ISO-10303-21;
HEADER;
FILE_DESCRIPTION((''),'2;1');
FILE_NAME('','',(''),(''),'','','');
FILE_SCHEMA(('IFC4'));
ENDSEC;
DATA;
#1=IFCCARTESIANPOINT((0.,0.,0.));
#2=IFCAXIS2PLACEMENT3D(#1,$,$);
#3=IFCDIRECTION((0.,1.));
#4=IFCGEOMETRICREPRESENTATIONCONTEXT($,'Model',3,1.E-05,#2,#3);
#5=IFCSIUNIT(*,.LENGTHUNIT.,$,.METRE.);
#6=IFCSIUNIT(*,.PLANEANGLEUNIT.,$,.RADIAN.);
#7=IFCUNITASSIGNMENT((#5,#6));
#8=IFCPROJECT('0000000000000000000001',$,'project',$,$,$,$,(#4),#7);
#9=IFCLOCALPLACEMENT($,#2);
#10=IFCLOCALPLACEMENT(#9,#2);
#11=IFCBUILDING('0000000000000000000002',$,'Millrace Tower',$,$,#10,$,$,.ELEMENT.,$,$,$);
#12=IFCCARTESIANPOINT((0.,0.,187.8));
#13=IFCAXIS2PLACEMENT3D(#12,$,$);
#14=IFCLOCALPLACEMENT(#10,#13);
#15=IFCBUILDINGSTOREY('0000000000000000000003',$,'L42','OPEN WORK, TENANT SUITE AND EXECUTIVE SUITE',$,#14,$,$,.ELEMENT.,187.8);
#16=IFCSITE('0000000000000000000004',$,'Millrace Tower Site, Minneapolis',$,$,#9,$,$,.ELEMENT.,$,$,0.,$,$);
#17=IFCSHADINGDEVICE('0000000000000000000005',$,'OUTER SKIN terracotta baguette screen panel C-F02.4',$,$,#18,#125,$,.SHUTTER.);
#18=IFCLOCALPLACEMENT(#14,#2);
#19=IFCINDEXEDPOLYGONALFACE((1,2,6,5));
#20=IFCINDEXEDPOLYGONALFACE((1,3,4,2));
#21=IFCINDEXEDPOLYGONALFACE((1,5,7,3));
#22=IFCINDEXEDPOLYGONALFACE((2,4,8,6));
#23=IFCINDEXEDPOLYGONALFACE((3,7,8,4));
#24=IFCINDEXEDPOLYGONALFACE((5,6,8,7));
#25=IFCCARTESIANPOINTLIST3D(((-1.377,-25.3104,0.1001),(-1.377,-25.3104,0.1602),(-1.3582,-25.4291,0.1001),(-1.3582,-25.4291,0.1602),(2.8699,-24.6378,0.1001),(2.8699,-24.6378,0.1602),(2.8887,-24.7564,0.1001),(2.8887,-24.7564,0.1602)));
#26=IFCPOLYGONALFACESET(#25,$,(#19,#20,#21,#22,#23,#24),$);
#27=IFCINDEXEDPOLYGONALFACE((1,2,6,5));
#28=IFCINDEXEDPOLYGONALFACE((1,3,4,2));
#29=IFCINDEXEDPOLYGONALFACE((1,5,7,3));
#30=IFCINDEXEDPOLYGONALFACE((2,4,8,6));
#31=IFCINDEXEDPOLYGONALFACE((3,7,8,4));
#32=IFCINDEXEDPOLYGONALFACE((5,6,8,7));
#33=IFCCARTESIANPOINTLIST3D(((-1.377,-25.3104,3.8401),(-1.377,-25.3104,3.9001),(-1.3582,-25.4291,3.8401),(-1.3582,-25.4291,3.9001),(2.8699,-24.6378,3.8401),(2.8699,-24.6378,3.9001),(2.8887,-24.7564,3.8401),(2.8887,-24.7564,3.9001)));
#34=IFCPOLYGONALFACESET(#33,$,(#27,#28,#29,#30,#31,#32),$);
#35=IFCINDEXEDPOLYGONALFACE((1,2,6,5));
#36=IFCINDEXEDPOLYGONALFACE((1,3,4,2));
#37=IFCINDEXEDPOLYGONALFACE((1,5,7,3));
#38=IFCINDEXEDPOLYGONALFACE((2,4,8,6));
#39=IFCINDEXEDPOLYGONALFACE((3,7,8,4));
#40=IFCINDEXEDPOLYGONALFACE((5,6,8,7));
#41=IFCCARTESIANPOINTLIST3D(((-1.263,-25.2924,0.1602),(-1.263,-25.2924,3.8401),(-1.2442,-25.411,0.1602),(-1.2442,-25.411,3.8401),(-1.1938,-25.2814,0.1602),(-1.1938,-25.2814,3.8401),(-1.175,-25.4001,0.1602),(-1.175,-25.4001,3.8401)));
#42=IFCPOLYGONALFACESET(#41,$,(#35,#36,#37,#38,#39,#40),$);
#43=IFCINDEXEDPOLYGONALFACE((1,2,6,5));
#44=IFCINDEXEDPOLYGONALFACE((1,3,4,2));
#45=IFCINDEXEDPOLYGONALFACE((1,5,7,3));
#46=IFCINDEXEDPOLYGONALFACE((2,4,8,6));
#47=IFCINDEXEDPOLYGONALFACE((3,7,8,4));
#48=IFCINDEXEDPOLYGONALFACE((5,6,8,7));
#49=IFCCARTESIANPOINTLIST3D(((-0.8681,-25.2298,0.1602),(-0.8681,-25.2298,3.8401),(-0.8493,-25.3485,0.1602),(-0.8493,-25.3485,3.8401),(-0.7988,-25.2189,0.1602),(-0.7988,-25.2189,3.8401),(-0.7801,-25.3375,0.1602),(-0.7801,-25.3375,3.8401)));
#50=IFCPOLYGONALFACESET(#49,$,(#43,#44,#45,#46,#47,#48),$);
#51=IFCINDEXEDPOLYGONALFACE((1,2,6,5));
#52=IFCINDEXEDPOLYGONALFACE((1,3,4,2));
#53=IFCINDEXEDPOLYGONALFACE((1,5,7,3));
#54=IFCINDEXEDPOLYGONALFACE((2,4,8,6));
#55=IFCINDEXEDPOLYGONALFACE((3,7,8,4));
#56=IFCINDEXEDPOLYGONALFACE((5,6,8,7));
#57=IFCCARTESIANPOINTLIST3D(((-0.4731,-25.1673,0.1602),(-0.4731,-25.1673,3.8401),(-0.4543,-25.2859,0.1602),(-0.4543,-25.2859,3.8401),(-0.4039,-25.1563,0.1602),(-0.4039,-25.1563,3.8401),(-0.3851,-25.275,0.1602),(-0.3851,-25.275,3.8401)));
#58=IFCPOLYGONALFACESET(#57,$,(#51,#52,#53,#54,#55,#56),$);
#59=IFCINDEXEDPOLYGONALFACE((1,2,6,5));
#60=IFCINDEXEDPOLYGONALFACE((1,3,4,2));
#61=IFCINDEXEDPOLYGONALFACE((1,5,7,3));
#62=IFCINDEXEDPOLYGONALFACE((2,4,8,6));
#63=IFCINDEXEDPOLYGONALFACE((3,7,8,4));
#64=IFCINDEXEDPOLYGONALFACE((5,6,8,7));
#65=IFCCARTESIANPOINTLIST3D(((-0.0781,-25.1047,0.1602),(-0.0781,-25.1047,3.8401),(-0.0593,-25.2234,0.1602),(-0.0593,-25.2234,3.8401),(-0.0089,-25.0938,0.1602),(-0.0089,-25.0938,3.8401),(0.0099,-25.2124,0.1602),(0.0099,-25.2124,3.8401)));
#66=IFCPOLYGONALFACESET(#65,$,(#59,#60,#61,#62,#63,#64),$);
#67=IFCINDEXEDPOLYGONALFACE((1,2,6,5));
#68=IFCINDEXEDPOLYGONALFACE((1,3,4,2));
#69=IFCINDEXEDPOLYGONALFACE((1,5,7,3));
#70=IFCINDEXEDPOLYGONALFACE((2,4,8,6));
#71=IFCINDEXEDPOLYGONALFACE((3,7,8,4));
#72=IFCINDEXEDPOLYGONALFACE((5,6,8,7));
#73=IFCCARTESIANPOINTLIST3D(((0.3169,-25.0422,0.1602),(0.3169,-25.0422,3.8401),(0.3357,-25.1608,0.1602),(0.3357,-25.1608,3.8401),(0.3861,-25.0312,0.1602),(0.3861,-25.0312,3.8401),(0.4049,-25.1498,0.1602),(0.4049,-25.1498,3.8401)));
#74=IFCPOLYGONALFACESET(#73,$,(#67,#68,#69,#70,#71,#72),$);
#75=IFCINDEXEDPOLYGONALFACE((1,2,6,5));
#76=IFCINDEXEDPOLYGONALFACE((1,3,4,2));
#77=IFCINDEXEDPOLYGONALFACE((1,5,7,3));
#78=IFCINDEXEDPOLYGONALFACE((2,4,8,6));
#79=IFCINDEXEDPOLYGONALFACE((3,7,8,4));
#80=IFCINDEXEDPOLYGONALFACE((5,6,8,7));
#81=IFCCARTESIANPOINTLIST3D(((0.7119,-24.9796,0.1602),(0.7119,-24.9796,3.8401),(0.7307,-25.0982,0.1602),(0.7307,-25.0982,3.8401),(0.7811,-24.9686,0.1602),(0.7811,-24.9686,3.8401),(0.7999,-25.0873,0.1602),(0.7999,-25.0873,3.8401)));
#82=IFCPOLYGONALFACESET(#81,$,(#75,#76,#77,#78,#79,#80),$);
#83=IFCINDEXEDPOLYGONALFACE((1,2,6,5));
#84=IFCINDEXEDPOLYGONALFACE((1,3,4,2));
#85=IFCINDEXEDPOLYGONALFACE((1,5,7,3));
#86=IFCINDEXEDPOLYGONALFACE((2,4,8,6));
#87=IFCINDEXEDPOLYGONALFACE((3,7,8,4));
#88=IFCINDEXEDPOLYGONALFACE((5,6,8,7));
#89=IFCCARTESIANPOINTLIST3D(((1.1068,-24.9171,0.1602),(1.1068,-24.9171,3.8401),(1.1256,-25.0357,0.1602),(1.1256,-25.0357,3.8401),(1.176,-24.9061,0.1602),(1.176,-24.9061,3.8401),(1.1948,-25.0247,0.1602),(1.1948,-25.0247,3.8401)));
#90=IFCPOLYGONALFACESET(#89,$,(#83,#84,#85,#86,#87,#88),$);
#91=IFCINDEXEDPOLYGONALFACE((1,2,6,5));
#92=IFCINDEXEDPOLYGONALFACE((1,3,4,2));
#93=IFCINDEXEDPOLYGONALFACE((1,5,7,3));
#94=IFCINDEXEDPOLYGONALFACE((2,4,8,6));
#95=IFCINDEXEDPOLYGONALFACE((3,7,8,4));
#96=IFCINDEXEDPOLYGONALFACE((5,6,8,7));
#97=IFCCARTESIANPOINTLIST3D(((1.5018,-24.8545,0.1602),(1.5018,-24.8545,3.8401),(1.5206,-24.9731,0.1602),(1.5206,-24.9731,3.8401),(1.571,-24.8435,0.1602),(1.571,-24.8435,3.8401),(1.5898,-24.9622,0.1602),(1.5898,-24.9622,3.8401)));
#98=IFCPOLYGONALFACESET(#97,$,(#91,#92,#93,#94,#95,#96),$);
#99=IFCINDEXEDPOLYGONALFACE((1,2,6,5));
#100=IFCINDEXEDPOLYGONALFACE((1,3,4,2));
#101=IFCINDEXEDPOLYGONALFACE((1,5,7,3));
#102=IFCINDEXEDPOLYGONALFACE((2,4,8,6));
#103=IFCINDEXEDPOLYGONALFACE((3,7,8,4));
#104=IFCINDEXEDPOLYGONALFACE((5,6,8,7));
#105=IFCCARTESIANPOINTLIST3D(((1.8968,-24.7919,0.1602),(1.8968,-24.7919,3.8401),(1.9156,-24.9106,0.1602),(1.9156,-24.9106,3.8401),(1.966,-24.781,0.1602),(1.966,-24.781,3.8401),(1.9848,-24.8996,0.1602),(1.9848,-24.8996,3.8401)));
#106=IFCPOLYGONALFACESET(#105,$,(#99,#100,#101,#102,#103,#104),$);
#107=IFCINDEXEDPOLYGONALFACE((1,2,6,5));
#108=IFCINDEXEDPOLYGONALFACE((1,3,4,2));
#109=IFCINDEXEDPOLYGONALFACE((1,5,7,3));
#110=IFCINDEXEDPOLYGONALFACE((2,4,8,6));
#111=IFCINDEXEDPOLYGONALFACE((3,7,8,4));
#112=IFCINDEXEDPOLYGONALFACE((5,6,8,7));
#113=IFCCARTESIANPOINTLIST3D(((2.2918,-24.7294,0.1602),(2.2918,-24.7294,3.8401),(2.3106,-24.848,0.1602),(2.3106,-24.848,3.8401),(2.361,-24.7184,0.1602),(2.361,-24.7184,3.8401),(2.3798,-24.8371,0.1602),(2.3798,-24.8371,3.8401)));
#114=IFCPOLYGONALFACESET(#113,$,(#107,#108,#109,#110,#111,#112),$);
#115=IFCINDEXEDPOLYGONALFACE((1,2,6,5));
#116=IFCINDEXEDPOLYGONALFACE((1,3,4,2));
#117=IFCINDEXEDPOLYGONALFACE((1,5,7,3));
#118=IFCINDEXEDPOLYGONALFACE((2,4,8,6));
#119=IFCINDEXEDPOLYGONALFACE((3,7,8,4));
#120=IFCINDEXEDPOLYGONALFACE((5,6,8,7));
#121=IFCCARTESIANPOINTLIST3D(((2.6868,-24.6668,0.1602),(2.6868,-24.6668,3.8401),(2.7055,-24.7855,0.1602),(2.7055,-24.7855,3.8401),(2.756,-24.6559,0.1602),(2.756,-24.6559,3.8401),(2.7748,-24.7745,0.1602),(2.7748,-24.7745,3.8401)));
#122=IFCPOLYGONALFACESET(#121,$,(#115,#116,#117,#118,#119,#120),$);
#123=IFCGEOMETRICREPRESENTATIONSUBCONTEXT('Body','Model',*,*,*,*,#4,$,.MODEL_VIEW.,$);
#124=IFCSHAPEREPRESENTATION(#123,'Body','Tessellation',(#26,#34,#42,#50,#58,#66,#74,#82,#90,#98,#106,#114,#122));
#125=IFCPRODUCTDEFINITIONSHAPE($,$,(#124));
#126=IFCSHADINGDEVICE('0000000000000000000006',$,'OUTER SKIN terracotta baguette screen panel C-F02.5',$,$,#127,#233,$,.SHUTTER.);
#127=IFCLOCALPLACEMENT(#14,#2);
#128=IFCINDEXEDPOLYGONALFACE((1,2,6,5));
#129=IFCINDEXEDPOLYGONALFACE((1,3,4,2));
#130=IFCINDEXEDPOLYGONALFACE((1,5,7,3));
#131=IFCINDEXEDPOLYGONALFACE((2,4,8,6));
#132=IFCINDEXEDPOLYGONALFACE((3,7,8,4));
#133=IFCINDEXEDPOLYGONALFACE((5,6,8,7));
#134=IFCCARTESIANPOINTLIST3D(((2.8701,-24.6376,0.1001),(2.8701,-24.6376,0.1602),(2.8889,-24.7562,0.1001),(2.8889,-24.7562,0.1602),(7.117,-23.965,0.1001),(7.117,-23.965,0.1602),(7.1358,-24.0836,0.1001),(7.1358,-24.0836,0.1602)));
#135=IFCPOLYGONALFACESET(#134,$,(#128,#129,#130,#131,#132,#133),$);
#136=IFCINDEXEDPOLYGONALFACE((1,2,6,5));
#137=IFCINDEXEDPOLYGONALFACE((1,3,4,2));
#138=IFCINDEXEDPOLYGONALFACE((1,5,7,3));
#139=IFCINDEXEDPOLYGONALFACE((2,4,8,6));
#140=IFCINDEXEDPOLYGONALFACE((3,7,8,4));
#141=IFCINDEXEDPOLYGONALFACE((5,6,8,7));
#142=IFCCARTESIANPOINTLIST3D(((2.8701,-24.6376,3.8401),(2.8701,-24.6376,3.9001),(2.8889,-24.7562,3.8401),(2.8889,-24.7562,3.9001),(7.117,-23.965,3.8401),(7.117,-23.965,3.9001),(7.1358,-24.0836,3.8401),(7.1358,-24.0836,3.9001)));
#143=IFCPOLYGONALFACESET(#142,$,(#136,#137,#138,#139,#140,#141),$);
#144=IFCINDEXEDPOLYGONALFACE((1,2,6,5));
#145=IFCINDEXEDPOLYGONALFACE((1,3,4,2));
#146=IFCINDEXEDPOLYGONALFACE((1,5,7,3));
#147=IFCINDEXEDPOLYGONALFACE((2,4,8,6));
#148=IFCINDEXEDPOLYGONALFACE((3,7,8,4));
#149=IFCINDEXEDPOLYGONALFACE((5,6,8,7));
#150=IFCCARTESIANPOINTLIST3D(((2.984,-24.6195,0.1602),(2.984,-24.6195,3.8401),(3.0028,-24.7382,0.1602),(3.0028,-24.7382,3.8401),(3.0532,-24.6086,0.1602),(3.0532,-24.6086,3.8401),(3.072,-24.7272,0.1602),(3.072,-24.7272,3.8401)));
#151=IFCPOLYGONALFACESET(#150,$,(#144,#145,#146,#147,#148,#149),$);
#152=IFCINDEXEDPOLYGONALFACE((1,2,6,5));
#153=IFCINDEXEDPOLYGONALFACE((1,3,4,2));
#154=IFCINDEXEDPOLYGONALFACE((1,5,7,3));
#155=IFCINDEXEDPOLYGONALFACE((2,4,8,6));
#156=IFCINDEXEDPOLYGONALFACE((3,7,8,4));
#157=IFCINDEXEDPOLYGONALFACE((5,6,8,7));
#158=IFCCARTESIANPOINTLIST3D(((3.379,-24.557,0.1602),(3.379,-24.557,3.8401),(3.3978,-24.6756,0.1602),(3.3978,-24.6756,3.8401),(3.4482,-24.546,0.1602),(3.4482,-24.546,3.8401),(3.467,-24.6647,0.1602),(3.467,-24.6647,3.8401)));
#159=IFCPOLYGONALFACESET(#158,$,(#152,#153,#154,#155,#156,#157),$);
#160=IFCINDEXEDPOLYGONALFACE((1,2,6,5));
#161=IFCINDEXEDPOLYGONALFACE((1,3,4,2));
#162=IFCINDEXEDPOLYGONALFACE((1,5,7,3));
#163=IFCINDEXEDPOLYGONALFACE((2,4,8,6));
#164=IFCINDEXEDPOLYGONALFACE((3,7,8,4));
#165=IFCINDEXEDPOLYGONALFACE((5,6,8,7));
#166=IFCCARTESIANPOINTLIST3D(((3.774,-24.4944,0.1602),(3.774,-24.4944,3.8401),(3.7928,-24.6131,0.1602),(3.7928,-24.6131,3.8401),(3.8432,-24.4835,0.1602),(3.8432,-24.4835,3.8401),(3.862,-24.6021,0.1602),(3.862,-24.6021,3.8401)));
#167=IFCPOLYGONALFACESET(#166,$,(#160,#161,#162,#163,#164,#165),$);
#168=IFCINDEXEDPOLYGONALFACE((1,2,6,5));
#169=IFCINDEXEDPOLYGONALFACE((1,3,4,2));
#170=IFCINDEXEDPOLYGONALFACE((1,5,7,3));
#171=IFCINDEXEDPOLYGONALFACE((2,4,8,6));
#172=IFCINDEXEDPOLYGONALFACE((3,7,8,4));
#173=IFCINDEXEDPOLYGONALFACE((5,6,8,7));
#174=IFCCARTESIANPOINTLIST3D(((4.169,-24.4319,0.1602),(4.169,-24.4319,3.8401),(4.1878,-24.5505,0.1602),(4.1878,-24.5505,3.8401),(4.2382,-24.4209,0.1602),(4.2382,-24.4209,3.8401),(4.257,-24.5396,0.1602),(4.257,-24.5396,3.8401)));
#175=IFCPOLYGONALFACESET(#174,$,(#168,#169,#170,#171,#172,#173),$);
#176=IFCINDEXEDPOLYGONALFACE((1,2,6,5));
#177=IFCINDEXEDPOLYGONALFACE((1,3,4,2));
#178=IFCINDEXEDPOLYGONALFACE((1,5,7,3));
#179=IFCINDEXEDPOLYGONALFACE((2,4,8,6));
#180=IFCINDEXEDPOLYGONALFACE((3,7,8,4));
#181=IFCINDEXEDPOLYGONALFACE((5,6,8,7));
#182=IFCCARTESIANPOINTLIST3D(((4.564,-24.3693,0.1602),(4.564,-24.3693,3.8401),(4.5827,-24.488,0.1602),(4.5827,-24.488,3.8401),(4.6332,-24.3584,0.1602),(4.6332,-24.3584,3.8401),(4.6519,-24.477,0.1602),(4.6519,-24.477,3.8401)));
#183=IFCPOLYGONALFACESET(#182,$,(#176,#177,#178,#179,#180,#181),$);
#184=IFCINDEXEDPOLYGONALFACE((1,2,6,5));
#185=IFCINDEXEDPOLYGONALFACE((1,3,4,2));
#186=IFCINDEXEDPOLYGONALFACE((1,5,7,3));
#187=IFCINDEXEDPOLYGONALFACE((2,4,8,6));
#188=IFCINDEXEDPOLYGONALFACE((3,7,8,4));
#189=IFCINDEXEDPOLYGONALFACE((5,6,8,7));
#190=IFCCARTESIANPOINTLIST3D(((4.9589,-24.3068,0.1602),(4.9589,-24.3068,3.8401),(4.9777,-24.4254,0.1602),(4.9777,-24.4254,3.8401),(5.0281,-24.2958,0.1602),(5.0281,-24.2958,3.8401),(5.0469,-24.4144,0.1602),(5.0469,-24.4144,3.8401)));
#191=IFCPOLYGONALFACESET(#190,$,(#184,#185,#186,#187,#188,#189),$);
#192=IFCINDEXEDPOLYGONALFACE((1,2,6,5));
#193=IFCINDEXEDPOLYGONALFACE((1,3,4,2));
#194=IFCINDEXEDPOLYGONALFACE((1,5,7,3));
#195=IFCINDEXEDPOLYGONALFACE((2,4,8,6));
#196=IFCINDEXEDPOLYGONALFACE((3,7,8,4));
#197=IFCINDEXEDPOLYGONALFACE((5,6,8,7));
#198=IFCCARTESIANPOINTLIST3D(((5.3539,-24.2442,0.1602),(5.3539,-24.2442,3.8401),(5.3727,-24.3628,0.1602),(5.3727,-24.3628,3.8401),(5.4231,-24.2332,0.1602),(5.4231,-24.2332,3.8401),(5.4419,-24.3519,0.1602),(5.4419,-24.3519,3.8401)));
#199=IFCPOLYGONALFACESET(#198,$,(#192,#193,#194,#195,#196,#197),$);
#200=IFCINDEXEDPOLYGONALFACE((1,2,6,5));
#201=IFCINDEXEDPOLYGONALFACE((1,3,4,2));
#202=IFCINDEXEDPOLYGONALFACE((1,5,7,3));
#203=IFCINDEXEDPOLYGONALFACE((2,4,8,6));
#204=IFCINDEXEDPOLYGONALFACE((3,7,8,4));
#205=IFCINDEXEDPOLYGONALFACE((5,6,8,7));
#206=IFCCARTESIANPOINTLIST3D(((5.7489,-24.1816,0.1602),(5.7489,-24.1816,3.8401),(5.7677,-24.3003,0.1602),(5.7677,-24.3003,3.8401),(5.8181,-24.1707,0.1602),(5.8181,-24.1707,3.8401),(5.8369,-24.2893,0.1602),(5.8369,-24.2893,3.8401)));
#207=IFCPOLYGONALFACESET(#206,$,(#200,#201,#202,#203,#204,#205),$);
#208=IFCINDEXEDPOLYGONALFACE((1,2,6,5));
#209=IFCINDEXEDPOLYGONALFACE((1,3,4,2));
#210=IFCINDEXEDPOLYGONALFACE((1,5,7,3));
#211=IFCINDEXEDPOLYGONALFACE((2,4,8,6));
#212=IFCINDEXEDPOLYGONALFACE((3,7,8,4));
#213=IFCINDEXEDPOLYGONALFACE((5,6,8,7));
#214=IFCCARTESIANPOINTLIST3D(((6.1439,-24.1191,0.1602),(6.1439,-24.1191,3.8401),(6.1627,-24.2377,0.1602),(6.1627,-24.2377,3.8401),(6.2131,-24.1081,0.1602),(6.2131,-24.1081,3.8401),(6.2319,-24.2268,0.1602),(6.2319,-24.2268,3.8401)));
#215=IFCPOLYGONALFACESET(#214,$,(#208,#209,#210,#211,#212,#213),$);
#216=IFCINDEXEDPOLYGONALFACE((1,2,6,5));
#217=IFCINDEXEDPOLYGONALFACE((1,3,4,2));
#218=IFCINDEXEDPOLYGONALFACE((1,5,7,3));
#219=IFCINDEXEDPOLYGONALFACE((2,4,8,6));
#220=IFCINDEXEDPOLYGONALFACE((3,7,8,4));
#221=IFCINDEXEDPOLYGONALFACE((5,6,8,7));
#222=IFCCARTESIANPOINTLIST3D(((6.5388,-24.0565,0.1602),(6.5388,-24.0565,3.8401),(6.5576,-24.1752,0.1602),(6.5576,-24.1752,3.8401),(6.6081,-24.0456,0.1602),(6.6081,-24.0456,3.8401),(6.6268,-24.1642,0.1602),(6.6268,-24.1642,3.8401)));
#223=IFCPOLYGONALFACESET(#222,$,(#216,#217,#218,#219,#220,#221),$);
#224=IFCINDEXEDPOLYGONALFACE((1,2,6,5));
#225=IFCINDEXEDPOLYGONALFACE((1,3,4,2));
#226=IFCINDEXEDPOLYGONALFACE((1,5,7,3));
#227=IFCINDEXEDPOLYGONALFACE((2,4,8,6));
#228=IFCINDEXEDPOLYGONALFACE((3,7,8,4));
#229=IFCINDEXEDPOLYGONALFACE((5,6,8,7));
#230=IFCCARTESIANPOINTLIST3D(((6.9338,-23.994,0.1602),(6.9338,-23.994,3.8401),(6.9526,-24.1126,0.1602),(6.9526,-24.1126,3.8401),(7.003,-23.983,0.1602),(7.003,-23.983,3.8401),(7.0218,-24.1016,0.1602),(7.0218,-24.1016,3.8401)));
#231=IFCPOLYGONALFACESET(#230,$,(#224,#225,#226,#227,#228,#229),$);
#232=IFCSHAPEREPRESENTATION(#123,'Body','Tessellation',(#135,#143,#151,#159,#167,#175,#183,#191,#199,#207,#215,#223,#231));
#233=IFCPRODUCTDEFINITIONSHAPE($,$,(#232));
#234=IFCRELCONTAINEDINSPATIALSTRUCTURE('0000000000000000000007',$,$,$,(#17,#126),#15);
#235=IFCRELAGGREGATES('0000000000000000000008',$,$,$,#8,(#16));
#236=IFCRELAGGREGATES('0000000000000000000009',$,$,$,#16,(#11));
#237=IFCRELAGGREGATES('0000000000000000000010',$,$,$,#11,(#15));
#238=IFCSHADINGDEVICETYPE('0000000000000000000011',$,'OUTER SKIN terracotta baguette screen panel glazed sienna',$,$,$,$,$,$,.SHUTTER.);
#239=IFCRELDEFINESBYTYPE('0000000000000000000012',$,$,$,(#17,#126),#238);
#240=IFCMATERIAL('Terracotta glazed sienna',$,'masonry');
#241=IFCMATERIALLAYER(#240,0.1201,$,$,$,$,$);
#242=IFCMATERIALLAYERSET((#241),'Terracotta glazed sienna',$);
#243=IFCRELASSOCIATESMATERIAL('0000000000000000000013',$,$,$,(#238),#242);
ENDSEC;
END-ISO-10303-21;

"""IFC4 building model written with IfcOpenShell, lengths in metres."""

from ifc_helpers import new_model, entity, si_unit, direction, frame, frame_2d, origin, origin_2d, place, context, subcontext, project, spatial, rectangle, extrude, source, transform, mapped, material, layer, layer_set, type_object, element, save


model = new_model("IFC4")

# Units and contexts
model_context = context("Model", 3, precision=1e-05, world=origin(), true_north=direction((0.0, 1.0)))
body_context = subcontext(model_context, "Body", "Model", "MODEL_VIEW")
ifc_project = project(units=[si_unit("LENGTHUNIT", "METRE"), si_unit("PLANEANGLEUNIT", "RADIAN")], contexts=[model_context])

# Site, building, storey
site_placement = place(None, origin())
site = spatial("IfcSite", under=ifc_project, at=site_placement, Name="Millrace Tower Site, Minneapolis", CompositionType="ELEMENT", RefElevation=0.0)
building_placement = place(site_placement, origin())
building = spatial("IfcBuilding", under=site, at=building_placement, Name="Millrace Tower", CompositionType="ELEMENT")
storey_placement = place(building_placement, frame((0.0, 0.0, 187.8)))
storey = spatial("IfcBuildingStorey", under=building, at=storey_placement, Name="L42", Description="OPEN WORK, TENANT SUITE AND EXECUTIVE SUITE", CompositionType="ELEMENT", Elevation=187.8)

# Shading devices
ifc_material_1 = material(Name="Terracotta glazed sienna", Category="masonry")
ifc_layer_1 = layer(ifc_material_1, 0.1201)
ifc_layer_set_1 = layer_set([ifc_layer_1], Name="Terracotta glazed sienna")
shading_device_type = type_object("IfcShadingDeviceType", Name="OUTER SKIN terracotta baguette screen panel glazed sienna", PredefinedType="SHUTTER", material=ifc_layer_set_1)
cartesian_point = entity("IfcCartesianPoint", [-2.1499, 0.0601])
shared_polyline = entity("IfcPolyline", [cartesian_point, entity("IfcCartesianPoint", [2.1499, 0.0601]), entity("IfcCartesianPoint", [2.1499, -0.0601]), entity("IfcCartesianPoint", [-2.1499, -0.0601]), cartesian_point])
shared_shape = source(origin(), body_context, "Body", "SweptSolid", [
    entity("IfcExtrudedAreaSolid", entity("IfcArbitraryClosedProfileDef", "AREA", None, shared_polyline), entity("IfcAxis2Placement3D", entity("IfcCartesianPoint", [0.0, 0.0, 0.0])), entity("IfcDirection", [0.0, 0.0, 1.0]), 0.0601),
    entity("IfcExtrudedAreaSolid", entity("IfcArbitraryClosedProfileDef", "AREA", None, shared_polyline), entity("IfcAxis2Placement3D", entity("IfcCartesianPoint", [0.0, 0.0, 3.74])), entity("IfcDirection", [0.0, 0.0, 1.0]), 0.0601),
    extrude(rectangle(XDim=0.0701, YDim=0.1201, at=frame_2d((-1.9995, 0.0))), frame((0.0, 0.0, 0.0601)), (0.0, 0.0, 1.0), 3.6799),
    extrude(rectangle(XDim=0.0701, YDim=0.1201, at=frame_2d((-1.5996, 0.0))), frame((0.0, 0.0, 0.0601)), (0.0, 0.0, 1.0), 3.6799),
    extrude(rectangle(XDim=0.0701, YDim=0.1201, at=frame_2d((-1.1997, 0.0))), frame((0.0, 0.0, 0.0601)), (0.0, 0.0, 1.0), 3.6799),
    extrude(rectangle(XDim=0.0701, YDim=0.1201, at=frame_2d((-0.7998, 0.0))), frame((0.0, 0.0, 0.0601)), (0.0, 0.0, 1.0), 3.6799),
    extrude(rectangle(XDim=0.0701, YDim=0.1201, at=frame_2d((-0.3999, 0.0))), frame((0.0, 0.0, 0.0601)), (0.0, 0.0, 1.0), 3.6799),
    extrude(rectangle(XDim=0.0701, YDim=0.1201, at=origin_2d()), frame((0.0, 0.0, 0.0601)), (0.0, 0.0, 1.0), 3.6799),
    extrude(rectangle(XDim=0.0701, YDim=0.1201, at=frame_2d((0.3999, 0.0))), frame((0.0, 0.0, 0.0601)), (0.0, 0.0, 1.0), 3.6799),
    extrude(rectangle(XDim=0.0701, YDim=0.1201, at=frame_2d((0.7998, 0.0))), frame((0.0, 0.0, 0.0601)), (0.0, 0.0, 1.0), 3.6799),
    extrude(rectangle(XDim=0.0701, YDim=0.1201, at=frame_2d((1.1997, 0.0))), frame((0.0, 0.0, 0.0601)), (0.0, 0.0, 1.0), 3.6799),
    extrude(rectangle(XDim=0.0701, YDim=0.1201, at=frame_2d((1.5996, 0.0))), frame((0.0, 0.0, 0.0601)), (0.0, 0.0, 1.0), 3.6799),
    extrude(rectangle(XDim=0.0701, YDim=0.1201, at=frame_2d((1.9995, 0.0))), frame((0.0, 0.0, 0.0601)), (0.0, 0.0, 1.0), 3.6799),
])
for number, where, z_axis, x_axis, name in (
    (1, (0.7559, -25.0334, 0.1001), (0.0, 0.0, 1.0), (0.987688, 0.156434, 0.0), "OUTER SKIN terracotta baguette screen panel C-F02.4"),
    (2, (5.0029, -24.3606, 0.1001), (0.0, 0.0, 1.0), (0.987688, 0.156434, 0.0), "OUTER SKIN terracotta baguette screen panel C-F02.5"),
):
    element("IfcShadingDevice", number, at=place(storey_placement, frame(where, z_axis=z_axis, x_axis=x_axis)), inside=storey, type_object=shading_device_type, Name=name, PredefinedType="SHUTTER", context=body_context, shape_type="MappedRepresentation", body=[
        mapped(shared_shape, transform((0.0, 0.0, 0.0), scale=1.0)),
    ])

save(model, "model.ifc")
